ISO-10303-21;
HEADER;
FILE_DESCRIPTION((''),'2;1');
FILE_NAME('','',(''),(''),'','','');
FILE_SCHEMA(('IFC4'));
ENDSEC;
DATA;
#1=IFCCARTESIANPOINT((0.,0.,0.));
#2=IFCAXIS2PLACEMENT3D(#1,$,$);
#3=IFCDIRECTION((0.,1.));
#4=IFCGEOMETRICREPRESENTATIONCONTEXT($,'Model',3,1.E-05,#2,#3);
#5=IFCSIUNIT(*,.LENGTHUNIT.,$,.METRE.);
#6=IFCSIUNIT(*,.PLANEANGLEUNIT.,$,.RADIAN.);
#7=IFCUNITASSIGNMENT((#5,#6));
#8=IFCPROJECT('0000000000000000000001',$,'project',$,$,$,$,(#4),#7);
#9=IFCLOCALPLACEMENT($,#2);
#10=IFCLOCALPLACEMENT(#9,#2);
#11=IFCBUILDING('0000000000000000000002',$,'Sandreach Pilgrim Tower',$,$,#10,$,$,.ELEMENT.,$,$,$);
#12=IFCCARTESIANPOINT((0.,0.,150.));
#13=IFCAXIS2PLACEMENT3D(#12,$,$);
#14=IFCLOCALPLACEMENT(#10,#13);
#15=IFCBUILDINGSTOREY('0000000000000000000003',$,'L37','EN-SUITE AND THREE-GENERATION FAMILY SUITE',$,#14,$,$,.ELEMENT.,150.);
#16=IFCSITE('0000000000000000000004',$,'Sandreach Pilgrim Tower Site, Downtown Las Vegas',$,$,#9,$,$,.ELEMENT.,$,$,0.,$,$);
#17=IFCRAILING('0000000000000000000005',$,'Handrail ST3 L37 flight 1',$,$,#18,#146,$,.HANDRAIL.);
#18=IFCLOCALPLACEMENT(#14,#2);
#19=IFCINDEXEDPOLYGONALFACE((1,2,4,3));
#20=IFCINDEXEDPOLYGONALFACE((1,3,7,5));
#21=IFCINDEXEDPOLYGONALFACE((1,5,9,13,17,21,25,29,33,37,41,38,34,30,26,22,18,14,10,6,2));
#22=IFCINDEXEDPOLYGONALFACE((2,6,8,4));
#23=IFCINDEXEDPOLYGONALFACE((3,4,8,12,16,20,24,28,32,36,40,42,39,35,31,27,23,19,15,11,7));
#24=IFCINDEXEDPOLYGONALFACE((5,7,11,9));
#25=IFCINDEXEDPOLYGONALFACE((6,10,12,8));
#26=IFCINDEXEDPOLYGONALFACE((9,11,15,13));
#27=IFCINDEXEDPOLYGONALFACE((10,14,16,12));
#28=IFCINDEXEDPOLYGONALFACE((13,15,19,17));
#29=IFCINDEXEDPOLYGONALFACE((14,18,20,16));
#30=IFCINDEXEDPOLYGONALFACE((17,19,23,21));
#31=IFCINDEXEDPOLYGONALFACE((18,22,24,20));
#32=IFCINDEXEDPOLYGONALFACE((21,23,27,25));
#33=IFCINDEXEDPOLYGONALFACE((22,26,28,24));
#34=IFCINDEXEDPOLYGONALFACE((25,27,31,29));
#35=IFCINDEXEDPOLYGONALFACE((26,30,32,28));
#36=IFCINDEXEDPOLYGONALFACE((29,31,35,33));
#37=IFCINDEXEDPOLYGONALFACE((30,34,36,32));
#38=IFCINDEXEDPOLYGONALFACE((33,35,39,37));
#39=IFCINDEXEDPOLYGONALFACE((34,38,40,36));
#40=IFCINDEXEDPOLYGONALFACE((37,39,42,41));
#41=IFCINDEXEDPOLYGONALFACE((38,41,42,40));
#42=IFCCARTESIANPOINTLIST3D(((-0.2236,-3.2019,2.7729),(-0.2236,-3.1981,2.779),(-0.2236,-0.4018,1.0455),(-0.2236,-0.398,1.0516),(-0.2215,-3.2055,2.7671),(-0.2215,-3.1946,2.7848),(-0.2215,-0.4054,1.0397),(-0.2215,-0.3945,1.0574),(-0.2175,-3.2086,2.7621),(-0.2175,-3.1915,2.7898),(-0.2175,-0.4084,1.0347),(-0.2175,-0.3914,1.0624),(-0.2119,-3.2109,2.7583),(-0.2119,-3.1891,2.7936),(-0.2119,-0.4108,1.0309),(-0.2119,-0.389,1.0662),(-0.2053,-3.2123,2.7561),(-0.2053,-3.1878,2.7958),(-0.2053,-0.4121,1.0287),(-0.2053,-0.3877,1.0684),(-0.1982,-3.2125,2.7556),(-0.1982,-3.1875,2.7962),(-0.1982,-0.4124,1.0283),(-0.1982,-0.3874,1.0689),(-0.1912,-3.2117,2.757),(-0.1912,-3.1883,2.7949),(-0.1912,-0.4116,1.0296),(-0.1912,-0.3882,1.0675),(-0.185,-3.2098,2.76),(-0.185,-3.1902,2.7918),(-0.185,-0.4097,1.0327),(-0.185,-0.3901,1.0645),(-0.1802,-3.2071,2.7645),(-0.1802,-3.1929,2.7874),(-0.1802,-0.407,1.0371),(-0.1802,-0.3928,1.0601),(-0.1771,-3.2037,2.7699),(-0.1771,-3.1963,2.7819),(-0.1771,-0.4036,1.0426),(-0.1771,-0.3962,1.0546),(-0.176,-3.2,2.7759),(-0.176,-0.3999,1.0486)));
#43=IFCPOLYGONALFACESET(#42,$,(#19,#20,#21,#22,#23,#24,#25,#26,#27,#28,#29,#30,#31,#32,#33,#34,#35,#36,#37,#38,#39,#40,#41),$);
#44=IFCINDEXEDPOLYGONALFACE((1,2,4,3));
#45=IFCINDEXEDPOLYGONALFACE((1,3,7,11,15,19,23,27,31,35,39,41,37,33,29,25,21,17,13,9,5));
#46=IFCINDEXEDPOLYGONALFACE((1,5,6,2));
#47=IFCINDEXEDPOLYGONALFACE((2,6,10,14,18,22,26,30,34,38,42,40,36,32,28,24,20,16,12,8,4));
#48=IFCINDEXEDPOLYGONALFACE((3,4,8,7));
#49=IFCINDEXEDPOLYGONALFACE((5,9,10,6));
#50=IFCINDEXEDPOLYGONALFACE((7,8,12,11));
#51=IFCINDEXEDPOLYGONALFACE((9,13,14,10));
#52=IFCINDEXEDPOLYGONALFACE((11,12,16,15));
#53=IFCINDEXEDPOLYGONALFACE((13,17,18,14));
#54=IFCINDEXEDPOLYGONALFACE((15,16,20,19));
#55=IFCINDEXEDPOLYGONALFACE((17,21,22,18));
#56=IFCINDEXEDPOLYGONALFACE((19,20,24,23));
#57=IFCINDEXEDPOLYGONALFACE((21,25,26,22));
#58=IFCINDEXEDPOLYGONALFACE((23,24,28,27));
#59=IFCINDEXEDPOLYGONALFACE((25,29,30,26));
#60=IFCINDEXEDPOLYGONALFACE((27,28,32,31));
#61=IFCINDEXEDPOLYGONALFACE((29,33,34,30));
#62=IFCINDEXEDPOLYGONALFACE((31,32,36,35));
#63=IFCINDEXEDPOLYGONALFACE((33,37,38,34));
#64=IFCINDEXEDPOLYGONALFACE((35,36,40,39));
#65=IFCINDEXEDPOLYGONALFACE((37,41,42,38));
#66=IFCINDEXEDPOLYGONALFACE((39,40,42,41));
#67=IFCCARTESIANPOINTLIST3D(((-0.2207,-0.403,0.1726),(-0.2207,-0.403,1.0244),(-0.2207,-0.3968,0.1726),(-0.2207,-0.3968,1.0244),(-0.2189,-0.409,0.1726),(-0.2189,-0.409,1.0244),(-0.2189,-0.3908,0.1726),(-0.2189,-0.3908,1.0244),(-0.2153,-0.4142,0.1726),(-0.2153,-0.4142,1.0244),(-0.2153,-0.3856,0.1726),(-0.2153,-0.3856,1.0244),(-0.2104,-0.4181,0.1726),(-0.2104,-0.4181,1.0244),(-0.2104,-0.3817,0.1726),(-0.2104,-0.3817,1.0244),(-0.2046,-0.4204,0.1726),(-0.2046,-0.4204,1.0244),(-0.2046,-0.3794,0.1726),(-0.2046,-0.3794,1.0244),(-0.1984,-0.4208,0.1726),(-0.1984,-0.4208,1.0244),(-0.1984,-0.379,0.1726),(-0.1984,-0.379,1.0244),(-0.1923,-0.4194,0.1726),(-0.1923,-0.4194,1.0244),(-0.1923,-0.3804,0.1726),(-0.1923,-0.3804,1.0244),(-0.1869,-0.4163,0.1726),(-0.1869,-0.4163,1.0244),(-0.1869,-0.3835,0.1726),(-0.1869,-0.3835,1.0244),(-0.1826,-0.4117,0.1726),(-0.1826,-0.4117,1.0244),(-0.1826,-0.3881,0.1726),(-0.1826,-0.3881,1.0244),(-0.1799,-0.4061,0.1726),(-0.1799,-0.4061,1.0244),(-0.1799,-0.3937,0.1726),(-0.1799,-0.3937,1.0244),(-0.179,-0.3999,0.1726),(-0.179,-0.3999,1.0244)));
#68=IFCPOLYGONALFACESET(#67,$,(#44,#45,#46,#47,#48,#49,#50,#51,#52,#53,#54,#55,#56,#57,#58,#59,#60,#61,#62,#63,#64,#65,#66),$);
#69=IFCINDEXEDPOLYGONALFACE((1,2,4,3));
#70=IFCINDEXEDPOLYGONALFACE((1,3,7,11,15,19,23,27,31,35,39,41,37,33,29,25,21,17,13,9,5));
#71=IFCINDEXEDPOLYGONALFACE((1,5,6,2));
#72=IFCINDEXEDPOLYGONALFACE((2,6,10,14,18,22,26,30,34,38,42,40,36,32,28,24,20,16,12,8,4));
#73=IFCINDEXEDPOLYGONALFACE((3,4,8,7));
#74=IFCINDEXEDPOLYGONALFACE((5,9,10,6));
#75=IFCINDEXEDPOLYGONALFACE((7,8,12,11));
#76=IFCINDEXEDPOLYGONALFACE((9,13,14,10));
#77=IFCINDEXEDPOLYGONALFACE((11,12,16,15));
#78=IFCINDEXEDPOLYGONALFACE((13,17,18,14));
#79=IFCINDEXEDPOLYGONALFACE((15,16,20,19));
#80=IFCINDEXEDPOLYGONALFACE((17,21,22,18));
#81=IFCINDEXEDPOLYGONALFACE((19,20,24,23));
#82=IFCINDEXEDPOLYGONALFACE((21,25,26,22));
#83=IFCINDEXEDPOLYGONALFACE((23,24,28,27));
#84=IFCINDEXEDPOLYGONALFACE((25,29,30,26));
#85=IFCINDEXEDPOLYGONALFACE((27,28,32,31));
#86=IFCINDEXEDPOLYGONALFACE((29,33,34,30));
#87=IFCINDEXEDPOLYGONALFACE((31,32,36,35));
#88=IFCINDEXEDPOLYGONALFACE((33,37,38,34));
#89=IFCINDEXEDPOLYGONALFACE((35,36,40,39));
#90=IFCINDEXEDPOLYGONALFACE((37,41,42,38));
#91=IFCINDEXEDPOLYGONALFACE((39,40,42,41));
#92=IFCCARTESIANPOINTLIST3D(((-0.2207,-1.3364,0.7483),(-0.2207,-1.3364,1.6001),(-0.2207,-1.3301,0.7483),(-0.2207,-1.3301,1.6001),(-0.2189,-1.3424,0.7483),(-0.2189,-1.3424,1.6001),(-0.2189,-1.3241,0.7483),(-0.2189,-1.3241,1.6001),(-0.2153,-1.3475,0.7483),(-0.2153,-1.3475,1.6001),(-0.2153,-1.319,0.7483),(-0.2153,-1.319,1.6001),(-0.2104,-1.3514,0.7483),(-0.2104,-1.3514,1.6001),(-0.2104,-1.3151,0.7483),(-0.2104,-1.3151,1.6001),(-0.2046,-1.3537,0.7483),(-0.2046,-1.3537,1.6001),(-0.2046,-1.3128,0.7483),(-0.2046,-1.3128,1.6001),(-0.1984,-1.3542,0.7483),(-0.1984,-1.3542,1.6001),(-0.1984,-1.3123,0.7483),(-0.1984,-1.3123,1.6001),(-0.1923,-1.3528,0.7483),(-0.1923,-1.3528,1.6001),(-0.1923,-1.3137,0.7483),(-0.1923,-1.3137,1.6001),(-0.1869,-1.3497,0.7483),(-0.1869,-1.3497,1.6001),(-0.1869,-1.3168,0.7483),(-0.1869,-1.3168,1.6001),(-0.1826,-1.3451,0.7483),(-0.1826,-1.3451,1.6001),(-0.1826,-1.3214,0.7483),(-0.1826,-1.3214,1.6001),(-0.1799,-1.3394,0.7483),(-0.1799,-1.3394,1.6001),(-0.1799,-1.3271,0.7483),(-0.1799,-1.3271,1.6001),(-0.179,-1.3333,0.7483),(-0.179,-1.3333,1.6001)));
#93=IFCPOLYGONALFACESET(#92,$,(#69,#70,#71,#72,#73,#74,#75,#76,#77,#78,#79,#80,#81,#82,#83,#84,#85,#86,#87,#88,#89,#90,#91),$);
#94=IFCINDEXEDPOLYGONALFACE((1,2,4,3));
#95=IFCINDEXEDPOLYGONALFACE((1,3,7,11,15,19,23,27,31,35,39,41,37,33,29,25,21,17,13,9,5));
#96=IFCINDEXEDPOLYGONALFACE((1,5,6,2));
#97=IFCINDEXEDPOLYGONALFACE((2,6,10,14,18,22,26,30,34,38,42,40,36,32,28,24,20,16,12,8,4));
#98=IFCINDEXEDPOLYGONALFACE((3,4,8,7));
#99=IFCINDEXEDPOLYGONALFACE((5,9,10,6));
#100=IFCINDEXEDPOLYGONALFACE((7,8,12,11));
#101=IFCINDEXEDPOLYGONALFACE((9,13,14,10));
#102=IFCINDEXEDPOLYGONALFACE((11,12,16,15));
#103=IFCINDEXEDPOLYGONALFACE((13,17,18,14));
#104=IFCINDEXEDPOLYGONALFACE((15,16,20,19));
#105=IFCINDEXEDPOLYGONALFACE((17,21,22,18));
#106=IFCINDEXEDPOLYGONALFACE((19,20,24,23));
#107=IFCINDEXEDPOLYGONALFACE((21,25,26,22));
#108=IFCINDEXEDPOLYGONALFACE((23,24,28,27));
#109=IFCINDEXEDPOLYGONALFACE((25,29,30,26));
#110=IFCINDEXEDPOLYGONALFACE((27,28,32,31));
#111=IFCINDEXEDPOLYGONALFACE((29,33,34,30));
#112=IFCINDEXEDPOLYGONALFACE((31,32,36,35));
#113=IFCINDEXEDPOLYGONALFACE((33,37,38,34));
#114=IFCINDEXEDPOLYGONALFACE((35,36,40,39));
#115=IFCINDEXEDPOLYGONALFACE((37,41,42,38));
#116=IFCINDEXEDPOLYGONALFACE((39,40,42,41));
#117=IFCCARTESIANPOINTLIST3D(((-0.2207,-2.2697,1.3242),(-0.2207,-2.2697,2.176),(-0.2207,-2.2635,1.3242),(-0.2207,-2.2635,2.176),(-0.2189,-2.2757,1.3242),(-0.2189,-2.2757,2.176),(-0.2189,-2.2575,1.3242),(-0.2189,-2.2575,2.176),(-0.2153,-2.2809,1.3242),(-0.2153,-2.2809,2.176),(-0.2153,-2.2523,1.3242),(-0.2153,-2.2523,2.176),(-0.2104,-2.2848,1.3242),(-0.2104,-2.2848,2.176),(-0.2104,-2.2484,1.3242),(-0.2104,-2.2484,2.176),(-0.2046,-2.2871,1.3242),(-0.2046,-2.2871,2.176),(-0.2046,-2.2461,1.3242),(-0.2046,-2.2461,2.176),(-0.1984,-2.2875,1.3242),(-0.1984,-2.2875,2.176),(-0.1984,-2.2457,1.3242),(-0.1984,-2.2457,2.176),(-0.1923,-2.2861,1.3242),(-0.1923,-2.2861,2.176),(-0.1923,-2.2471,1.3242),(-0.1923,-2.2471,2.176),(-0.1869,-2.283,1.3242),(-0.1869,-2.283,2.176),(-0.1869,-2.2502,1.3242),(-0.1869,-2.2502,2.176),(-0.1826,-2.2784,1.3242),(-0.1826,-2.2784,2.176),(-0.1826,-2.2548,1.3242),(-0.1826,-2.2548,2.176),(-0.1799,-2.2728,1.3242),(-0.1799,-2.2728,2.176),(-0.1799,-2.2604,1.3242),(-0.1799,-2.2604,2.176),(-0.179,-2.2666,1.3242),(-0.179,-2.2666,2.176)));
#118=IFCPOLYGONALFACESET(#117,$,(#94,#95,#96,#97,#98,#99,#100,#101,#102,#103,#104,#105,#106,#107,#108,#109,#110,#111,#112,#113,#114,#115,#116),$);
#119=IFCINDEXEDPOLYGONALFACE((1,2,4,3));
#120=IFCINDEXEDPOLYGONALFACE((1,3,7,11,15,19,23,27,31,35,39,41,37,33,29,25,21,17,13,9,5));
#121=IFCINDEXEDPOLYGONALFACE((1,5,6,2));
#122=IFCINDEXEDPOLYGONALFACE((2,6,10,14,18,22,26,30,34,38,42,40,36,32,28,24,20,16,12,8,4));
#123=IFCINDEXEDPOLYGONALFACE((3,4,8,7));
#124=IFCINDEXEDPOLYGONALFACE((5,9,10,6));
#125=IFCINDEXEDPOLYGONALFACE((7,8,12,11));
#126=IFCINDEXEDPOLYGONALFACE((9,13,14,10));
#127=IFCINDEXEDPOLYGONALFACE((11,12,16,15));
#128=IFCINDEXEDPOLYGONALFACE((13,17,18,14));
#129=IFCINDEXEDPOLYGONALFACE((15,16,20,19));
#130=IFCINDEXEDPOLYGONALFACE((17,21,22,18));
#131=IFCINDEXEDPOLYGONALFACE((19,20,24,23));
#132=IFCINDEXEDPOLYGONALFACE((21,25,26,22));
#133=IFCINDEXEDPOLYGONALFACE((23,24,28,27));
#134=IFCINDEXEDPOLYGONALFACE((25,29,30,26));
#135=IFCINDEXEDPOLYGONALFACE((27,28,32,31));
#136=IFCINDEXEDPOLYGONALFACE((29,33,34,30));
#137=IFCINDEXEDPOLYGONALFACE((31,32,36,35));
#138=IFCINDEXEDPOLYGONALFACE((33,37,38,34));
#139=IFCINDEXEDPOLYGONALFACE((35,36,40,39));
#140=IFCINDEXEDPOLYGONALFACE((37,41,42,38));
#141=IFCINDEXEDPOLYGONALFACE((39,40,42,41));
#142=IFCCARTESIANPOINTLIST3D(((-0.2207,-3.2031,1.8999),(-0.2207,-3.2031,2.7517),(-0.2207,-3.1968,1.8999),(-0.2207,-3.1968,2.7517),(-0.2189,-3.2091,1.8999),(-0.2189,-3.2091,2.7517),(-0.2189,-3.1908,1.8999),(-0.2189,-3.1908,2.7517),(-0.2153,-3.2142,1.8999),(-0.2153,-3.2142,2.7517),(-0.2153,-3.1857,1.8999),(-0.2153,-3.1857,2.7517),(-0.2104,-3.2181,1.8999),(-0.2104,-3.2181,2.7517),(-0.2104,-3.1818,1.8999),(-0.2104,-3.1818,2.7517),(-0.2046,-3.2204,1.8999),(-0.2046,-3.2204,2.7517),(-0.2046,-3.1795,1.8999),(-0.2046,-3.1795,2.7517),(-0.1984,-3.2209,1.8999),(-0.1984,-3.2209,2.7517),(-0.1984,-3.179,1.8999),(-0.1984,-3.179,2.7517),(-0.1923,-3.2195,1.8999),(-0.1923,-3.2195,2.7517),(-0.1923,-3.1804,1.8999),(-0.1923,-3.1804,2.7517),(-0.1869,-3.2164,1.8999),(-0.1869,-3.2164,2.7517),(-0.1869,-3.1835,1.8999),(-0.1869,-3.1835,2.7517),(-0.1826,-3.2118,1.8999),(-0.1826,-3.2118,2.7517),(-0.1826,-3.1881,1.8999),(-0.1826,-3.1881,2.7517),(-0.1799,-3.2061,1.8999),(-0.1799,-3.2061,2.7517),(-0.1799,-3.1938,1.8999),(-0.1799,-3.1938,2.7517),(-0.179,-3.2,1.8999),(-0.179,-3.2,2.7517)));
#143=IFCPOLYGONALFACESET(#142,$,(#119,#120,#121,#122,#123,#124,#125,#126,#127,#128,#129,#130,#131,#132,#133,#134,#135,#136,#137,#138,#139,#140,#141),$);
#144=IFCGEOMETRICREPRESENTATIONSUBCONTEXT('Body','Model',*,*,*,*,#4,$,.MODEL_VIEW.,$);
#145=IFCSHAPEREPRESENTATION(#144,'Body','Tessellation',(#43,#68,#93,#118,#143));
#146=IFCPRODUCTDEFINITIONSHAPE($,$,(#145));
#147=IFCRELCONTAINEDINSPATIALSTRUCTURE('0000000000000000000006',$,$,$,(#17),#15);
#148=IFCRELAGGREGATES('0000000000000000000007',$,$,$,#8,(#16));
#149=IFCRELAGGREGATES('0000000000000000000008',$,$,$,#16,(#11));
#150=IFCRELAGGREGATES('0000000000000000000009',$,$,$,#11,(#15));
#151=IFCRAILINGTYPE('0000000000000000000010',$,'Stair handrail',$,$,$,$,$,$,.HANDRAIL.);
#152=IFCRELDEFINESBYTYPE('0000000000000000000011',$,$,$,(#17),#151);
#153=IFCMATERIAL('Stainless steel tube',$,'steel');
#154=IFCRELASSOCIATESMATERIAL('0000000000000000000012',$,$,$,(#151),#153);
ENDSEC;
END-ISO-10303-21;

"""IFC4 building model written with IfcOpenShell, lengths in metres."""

from ifc_helpers import new_model, si_unit, direction, frame, origin, origin_2d, place, context, subcontext, project, spatial, circle, extrude, material, type_object, element, save


model = new_model("IFC4")

# Units and contexts
model_context = context("Model", 3, precision=1e-05, world=origin(), true_north=direction((0.0, 1.0)))
body_context = subcontext(model_context, "Body", "Model", "MODEL_VIEW")
ifc_project = project(units=[si_unit("LENGTHUNIT", "METRE"), si_unit("PLANEANGLEUNIT", "RADIAN")], contexts=[model_context])

# Site, building, storey
site_placement = place(None, origin())
site = spatial("IfcSite", under=ifc_project, at=site_placement, Name="Sandreach Pilgrim Tower Site, Downtown Las Vegas", CompositionType="ELEMENT", RefElevation=0.0)
building_placement = place(site_placement, origin())
building = spatial("IfcBuilding", under=site, at=building_placement, Name="Sandreach Pilgrim Tower", CompositionType="ELEMENT")
storey_placement = place(building_placement, frame((0.0, 0.0, 150.0)))
storey = spatial("IfcBuildingStorey", under=building, at=storey_placement, Name="L37", Description="EN-SUITE AND THREE-GENERATION FAMILY SUITE", CompositionType="ELEMENT", Elevation=150.0)

# Railing
ifc_material_1 = material(Name="Stainless steel tube", Category="steel")
railing_type = type_object("IfcRailingType", Name="Stair handrail", PredefinedType="HANDRAIL", material=ifc_material_1)
for number, where, name in (
    (1, (-0.2, -0.3999, 0.1726), "Handrail ST3 L37 flight 1"),
):
    element("IfcRailing", number, at=place(storey_placement, frame(where)), inside=storey, type_object=railing_type, Name=name, PredefinedType="HANDRAIL", context=body_context, shape_type="SweptSolid", body=[
        extrude(circle(Radius=0.0239, at=origin_2d()), frame((0.0, 0.0, 0.876), z_axis=(0.0, -0.85109, 0.52502), x_axis=(1.0, 0.0, 0.0)), (0.0, 0.0, 1.0), 3.29),
        extrude(circle(Radius=0.021, at=origin_2d()), origin(), (0.0, 0.0, 1.0), 0.8518),
        extrude(circle(Radius=0.021, at=origin_2d()), frame((0.0, -0.9333, 0.5757)), (0.0, 0.0, 1.0), 0.8518),
        extrude(circle(Radius=0.021, at=origin_2d()), frame((0.0, -1.8667, 1.1516)), (0.0, 0.0, 1.0), 0.8518),
        extrude(circle(Radius=0.021, at=origin_2d()), frame((0.0, -2.8, 1.7273)), (0.0, 0.0, 1.0), 0.8518),
    ])

save(model, "model.ifc")
